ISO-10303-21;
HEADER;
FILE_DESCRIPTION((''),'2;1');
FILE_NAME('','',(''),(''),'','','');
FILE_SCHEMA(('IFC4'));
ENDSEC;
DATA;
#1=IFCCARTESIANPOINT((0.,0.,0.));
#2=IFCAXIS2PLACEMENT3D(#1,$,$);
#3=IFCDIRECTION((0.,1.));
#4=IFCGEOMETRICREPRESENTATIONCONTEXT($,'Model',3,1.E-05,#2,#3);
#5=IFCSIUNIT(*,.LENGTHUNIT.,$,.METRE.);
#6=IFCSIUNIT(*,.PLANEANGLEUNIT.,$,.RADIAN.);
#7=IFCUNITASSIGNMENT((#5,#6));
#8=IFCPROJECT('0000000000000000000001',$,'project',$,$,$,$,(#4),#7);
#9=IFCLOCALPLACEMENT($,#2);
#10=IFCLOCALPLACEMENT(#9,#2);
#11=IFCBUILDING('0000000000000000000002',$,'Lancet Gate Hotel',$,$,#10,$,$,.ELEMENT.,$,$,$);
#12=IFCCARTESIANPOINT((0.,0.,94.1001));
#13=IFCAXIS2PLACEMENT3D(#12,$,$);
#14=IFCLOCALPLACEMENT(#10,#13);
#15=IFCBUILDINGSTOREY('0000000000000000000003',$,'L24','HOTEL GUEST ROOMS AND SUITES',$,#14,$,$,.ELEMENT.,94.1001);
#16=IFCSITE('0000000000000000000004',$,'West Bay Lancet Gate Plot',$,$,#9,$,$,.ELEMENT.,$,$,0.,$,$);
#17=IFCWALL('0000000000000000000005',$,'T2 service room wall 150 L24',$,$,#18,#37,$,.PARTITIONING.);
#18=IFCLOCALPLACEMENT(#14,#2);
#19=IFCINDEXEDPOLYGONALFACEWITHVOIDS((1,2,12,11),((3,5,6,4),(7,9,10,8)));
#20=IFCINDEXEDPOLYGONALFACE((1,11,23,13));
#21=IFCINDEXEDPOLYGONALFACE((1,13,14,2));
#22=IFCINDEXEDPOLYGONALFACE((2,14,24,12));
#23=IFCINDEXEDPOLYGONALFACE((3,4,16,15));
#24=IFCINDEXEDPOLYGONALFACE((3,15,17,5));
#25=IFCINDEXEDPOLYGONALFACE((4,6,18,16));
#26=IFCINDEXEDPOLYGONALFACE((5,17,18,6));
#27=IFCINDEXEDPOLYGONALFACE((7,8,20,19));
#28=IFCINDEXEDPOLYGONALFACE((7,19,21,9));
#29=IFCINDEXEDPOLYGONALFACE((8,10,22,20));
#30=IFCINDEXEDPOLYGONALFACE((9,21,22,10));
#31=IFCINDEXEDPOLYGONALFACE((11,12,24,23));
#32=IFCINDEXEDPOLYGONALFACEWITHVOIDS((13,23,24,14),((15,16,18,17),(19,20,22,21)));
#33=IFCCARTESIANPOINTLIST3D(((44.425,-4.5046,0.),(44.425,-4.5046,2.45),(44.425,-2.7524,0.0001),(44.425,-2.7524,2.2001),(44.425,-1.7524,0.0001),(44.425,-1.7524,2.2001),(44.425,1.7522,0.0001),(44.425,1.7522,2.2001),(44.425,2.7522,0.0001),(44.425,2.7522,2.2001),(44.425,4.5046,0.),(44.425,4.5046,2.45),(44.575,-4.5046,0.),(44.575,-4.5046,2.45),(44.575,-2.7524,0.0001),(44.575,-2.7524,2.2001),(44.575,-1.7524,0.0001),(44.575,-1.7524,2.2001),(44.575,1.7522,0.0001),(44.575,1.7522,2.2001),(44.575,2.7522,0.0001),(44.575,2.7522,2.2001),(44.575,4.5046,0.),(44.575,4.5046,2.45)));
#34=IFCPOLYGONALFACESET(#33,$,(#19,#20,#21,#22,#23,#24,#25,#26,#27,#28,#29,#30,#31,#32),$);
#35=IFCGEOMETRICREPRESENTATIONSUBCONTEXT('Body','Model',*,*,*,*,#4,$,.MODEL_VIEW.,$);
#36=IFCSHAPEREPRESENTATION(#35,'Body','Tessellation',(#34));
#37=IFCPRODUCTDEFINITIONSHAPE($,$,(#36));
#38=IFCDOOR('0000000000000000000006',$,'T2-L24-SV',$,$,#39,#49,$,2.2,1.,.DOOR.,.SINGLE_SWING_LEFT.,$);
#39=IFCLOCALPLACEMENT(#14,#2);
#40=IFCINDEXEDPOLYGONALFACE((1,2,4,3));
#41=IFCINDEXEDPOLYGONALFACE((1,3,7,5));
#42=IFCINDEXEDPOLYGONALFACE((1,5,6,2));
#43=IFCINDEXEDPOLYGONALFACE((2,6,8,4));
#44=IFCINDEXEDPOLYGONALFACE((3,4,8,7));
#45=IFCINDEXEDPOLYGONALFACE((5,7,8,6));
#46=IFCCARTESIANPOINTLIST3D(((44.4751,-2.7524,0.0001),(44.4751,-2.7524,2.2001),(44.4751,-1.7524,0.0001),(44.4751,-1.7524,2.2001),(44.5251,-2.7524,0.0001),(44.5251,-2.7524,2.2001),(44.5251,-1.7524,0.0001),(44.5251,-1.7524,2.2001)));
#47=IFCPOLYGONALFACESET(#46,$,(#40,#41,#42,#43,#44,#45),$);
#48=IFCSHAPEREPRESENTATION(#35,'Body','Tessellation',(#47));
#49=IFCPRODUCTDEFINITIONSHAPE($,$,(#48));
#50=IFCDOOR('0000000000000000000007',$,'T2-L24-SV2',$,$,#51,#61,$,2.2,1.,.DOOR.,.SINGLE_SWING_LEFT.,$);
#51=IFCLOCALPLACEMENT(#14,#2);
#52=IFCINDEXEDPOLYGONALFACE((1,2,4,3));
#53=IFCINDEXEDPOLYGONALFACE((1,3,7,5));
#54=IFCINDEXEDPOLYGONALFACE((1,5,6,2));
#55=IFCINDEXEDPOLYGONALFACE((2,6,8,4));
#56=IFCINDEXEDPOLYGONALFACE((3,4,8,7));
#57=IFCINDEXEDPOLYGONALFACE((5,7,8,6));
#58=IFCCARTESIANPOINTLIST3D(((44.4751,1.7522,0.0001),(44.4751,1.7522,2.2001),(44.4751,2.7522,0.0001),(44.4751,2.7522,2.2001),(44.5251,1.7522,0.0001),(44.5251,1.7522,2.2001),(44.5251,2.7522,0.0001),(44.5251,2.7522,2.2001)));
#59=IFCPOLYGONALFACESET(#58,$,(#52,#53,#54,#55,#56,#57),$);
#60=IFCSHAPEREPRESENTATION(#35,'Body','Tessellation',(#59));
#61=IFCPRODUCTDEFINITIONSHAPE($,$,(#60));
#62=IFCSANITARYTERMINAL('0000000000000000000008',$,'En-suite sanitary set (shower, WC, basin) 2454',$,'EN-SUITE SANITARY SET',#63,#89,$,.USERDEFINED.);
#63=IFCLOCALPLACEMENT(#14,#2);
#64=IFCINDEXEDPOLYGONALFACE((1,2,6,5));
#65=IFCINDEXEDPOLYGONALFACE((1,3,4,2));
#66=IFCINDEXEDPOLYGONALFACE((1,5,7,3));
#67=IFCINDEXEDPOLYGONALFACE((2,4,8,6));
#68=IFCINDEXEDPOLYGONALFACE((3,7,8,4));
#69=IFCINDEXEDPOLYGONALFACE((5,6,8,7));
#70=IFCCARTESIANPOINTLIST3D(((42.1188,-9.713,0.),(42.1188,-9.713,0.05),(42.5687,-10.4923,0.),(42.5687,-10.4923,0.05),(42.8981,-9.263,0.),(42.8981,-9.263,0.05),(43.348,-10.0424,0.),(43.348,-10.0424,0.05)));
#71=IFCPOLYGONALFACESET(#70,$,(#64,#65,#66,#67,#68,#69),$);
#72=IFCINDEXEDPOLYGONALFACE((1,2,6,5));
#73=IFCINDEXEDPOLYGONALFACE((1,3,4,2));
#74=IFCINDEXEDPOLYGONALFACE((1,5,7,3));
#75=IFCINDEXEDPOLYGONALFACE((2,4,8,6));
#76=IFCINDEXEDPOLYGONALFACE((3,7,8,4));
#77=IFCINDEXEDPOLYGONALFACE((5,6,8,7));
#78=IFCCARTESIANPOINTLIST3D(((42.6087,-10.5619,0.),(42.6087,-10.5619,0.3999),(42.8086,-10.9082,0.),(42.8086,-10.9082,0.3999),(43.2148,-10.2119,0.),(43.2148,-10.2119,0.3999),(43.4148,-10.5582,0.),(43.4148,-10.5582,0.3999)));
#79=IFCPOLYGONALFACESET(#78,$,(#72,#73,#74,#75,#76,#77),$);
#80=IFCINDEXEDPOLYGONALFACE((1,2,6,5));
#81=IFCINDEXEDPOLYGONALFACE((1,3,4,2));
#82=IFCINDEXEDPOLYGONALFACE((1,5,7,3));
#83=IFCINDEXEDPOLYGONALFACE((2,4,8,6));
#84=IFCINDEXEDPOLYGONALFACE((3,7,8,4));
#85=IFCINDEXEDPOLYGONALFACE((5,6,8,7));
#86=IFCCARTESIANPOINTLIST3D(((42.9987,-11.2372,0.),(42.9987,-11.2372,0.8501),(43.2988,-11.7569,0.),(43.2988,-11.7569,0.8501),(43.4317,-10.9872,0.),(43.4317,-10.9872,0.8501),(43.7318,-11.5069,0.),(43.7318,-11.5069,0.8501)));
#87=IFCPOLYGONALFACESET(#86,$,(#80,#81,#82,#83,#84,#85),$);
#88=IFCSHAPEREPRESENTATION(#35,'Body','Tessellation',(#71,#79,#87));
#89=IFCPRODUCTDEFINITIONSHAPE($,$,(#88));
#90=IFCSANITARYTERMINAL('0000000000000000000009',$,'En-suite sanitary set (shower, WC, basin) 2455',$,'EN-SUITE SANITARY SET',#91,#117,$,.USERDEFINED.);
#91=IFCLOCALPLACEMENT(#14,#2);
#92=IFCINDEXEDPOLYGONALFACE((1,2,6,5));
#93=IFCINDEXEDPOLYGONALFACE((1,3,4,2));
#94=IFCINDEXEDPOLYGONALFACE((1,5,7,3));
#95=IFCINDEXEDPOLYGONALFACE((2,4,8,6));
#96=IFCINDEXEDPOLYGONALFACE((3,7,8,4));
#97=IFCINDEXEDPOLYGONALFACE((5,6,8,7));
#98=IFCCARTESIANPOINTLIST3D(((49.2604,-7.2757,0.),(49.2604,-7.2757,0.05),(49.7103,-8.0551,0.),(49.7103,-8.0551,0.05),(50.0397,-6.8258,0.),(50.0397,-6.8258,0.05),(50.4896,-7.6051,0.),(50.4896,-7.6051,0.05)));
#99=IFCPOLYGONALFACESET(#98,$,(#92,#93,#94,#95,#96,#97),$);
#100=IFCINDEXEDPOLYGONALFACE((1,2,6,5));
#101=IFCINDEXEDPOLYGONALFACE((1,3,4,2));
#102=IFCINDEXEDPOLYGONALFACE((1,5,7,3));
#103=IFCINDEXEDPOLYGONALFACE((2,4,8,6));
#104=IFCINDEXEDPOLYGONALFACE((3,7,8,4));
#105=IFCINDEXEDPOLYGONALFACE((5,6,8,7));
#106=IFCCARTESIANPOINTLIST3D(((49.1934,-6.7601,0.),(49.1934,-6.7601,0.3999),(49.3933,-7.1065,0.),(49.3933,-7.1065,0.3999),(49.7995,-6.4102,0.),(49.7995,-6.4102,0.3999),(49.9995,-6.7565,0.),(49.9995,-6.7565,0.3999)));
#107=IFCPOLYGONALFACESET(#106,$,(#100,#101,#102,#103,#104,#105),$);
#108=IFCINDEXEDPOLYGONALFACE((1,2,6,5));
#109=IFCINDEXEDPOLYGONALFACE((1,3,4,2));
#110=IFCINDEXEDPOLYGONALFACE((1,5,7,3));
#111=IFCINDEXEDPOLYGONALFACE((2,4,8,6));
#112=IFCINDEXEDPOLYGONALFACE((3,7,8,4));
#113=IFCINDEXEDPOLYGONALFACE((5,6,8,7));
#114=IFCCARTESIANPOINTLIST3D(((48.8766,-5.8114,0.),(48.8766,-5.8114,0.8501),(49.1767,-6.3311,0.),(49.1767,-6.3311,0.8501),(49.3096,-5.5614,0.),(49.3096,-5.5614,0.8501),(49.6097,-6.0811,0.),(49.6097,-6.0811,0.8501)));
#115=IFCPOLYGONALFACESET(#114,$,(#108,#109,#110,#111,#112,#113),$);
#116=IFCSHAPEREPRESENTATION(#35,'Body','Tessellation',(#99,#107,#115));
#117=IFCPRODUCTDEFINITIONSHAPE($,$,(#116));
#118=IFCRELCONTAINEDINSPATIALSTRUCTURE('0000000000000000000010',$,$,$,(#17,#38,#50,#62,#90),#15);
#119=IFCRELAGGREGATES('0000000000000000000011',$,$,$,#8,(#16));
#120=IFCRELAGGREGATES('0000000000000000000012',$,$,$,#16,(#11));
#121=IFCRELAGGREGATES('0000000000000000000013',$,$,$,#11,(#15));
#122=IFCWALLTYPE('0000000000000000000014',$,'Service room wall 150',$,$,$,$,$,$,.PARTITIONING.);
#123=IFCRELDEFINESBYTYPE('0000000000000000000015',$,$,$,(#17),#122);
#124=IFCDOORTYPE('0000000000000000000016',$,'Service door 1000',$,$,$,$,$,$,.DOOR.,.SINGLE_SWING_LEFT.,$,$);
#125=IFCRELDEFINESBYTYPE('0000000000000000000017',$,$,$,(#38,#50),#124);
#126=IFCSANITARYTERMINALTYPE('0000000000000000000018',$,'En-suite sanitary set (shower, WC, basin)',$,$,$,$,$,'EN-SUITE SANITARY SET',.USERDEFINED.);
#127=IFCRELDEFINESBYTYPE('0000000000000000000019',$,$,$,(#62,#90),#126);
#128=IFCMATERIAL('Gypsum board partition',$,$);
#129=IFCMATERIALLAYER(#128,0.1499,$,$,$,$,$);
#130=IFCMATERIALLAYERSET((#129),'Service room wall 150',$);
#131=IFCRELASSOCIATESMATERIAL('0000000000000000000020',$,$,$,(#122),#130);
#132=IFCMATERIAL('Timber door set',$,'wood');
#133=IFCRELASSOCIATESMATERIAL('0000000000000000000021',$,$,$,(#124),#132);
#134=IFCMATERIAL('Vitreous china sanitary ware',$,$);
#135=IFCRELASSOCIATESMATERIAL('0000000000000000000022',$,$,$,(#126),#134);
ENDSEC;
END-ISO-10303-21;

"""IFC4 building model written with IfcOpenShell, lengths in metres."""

from ifc_helpers import new_model, si_unit, direction, frame, frame_2d, origin, origin_2d, place, context, subcontext, project, spatial, rectangle, extrude, material, layer, layer_set, type_object, element, fill, save


model = new_model("IFC4")

# Units and contexts
model_context = context("Model", 3, precision=1e-05, world=origin(), true_north=direction((0.0, 1.0)))
body_context = subcontext(model_context, "Body", "Model", "MODEL_VIEW")
ifc_project = project(units=[si_unit("LENGTHUNIT", "METRE"), si_unit("PLANEANGLEUNIT", "RADIAN")], contexts=[model_context])

# Site, building, storey
site_placement = place(None, origin())
site = spatial("IfcSite", under=ifc_project, at=site_placement, Name="West Bay Lancet Gate Plot", CompositionType="ELEMENT", RefElevation=0.0)
building_placement = place(site_placement, origin())
building = spatial("IfcBuilding", under=site, at=building_placement, Name="Lancet Gate Hotel", CompositionType="ELEMENT")
storey_placement = place(building_placement, frame((0.0, 0.0, 94.1001)))
storey = spatial("IfcBuildingStorey", under=building, at=storey_placement, Name="L24", Description="HOTEL GUEST ROOMS AND SUITES", CompositionType="ELEMENT", Elevation=94.1001)

# Shared definitions
ifc_material_1 = material(Name="Gypsum board partition")
ifc_layer_1 = layer(ifc_material_1, 0.1499)
ifc_layer_set_1 = layer_set([ifc_layer_1], Name="Service room wall 150")
wall_type_1 = type_object("IfcWallType", Name="Service room wall 150", PredefinedType="PARTITIONING", material=ifc_layer_set_1)

# Wall, openings, doors
wall_1_placement = place(storey_placement, frame((44.5, -4.5046, 0.0), z_axis=(0.0, 0.0, 1.0), x_axis=(0.0, 1.0, 0.0)))
wall_1 = element("IfcWall", 1, at=wall_1_placement, inside=storey, type_object=wall_type_1, Name="T2 service room wall 150 L24", PredefinedType="PARTITIONING", context=body_context, shape_type="SweptSolid", body=[
    extrude(rectangle(XDim=9.0093, YDim=0.1499, at=frame_2d((4.5046, 0.0))), origin(), (0.0, 0.0, 1.0), 2.45),
])
opening_1_placement = place(wall_1_placement, frame((1.7522, 0.0, 0.0)))
opening_1 = element("IfcOpeningElement", 2, at=opening_1_placement, cuts=wall_1, PredefinedType="OPENING", context=body_context, shape_type="SweptSolid", body=[
    extrude(rectangle(XDim=1.0, YDim=2.2, at=frame_2d((0.5, 1.1001))), frame((0.0, 0.085, 0.0), z_axis=(0.0, -1.0, 0.0), x_axis=(1.0, 0.0, 0.0)), (0.0, 0.0, 1.0), 0.1699),
])
opening_2_placement = place(wall_1_placement, frame((6.2568, 0.0, 0.0)))
opening_2 = element("IfcOpeningElement", 3, at=opening_2_placement, cuts=wall_1, PredefinedType="OPENING", context=body_context, shape_type="SweptSolid", body=[
    extrude(rectangle(XDim=1.0, YDim=2.2, at=frame_2d((0.5, 1.1001))), frame((0.0, 0.085, 0.0), z_axis=(0.0, -1.0, 0.0), x_axis=(1.0, 0.0, 0.0)), (0.0, 0.0, 1.0), 0.1699),
])
ifc_material_2 = material(Name="Timber door set", Category="wood")
door_type_1 = type_object("IfcDoorType", Name="Service door 1000", OperationType="SINGLE_SWING_LEFT", PredefinedType="DOOR", material=ifc_material_2)
door_1_placement = place(opening_1_placement, origin())
door_1 = element("IfcDoor", 4, at=door_1_placement, inside=storey, type_object=door_type_1, Name="T2-L24-SV", OperationType="SINGLE_SWING_LEFT", OverallHeight=2.2, OverallWidth=1.0, PredefinedType="DOOR", context=body_context, shape_type="SweptSolid", body=[
    extrude(rectangle(XDim=1.0, YDim=2.2, at=frame_2d((0.5, 1.1001))), frame((0.0, 0.0249, 0.0), z_axis=(0.0, -1.0, 0.0), x_axis=(1.0, 0.0, 0.0)), (0.0, 0.0, 1.0), 0.05),
])
fill(opening_1, door_1)
door_2_placement = place(opening_2_placement, origin())
door_2 = element("IfcDoor", 5, at=door_2_placement, inside=storey, type_object=door_type_1, Name="T2-L24-SV2", OperationType="SINGLE_SWING_LEFT", OverallHeight=2.2, OverallWidth=1.0, PredefinedType="DOOR", context=body_context, shape_type="SweptSolid", body=[
    extrude(rectangle(XDim=1.0, YDim=2.2, at=frame_2d((0.5, 1.1001))), frame((0.0, 0.0249, 0.0), z_axis=(0.0, -1.0, 0.0), x_axis=(1.0, 0.0, 0.0)), (0.0, 0.0, 1.0), 0.05),
])
fill(opening_2, door_2)

# Sanitary terminals
ifc_material_3 = material(Name="Vitreous china sanitary ware")
sanitary_terminal_type = type_object("IfcSanitaryTerminalType", Name="En-suite sanitary set (shower, WC, basin)", ElementType="EN-SUITE SANITARY SET", PredefinedType="USERDEFINED", material=ifc_material_3)
sanitary_terminal_1_placement = place(storey_placement, frame((42.7334, -9.8777, 0.0), z_axis=(0.0, 0.0, 1.0), x_axis=(1.0, 0.0, 0.0)))
element("IfcSanitaryTerminal", 6, at=sanitary_terminal_1_placement, inside=storey, type_object=sanitary_terminal_type, Name="En-suite sanitary set (shower, WC, basin) 2454", ObjectType="EN-SUITE SANITARY SET", PredefinedType="USERDEFINED", context=body_context, shape_type="SweptSolid", body=[
    extrude(rectangle(XDim=0.8999, YDim=0.8999, at=origin_2d()), frame((0.0, 0.0, 0.0), z_axis=(0.0, 0.0, 1.0), x_axis=(-0.5, 0.866025, 0.0)), (0.0, 0.0, 1.0), 0.05),
    extrude(rectangle(XDim=0.3999, YDim=0.7, at=origin_2d()), frame((0.2783, -0.6824, 0.0), z_axis=(0.0, 0.0, 1.0), x_axis=(-0.5, 0.866025, 0.0)), (0.0, 0.0, 1.0), 0.3999),
    extrude(rectangle(XDim=0.6001, YDim=0.5, at=origin_2d()), frame((0.6318, -1.4944, 0.0), z_axis=(0.0, 0.0, 1.0), x_axis=(-0.5, 0.866025, 0.0)), (0.0, 0.0, 1.0), 0.8501),
])
sanitary_terminal_2_placement = place(storey_placement, frame((49.875, -7.4404, 0.0), z_axis=(0.0, 0.0, 1.0), x_axis=(1.0, 0.0, 0.0)))
element("IfcSanitaryTerminal", 7, at=sanitary_terminal_2_placement, inside=storey, type_object=sanitary_terminal_type, Name="En-suite sanitary set (shower, WC, basin) 2455", ObjectType="EN-SUITE SANITARY SET", PredefinedType="USERDEFINED", context=body_context, shape_type="SweptSolid", body=[
    extrude(rectangle(XDim=0.8999, YDim=0.8999, at=origin_2d()), frame((0.0, 0.0, 0.0), z_axis=(0.0, 0.0, 1.0), x_axis=(0.5, -0.866025, 0.0)), (0.0, 0.0, 1.0), 0.05),
    extrude(rectangle(XDim=0.3999, YDim=0.7, at=origin_2d()), frame((-0.2786, 0.6821, 0.0), z_axis=(0.0, 0.0, 1.0), x_axis=(0.5, -0.866025, 0.0)), (0.0, 0.0, 1.0), 0.3999),
    extrude(rectangle(XDim=0.6001, YDim=0.5, at=origin_2d()), frame((-0.6318, 1.4941, 0.0), z_axis=(0.0, 0.0, 1.0), x_axis=(0.5, -0.866025, 0.0)), (0.0, 0.0, 1.0), 0.8501),
])

save(model, "model.ifc")
